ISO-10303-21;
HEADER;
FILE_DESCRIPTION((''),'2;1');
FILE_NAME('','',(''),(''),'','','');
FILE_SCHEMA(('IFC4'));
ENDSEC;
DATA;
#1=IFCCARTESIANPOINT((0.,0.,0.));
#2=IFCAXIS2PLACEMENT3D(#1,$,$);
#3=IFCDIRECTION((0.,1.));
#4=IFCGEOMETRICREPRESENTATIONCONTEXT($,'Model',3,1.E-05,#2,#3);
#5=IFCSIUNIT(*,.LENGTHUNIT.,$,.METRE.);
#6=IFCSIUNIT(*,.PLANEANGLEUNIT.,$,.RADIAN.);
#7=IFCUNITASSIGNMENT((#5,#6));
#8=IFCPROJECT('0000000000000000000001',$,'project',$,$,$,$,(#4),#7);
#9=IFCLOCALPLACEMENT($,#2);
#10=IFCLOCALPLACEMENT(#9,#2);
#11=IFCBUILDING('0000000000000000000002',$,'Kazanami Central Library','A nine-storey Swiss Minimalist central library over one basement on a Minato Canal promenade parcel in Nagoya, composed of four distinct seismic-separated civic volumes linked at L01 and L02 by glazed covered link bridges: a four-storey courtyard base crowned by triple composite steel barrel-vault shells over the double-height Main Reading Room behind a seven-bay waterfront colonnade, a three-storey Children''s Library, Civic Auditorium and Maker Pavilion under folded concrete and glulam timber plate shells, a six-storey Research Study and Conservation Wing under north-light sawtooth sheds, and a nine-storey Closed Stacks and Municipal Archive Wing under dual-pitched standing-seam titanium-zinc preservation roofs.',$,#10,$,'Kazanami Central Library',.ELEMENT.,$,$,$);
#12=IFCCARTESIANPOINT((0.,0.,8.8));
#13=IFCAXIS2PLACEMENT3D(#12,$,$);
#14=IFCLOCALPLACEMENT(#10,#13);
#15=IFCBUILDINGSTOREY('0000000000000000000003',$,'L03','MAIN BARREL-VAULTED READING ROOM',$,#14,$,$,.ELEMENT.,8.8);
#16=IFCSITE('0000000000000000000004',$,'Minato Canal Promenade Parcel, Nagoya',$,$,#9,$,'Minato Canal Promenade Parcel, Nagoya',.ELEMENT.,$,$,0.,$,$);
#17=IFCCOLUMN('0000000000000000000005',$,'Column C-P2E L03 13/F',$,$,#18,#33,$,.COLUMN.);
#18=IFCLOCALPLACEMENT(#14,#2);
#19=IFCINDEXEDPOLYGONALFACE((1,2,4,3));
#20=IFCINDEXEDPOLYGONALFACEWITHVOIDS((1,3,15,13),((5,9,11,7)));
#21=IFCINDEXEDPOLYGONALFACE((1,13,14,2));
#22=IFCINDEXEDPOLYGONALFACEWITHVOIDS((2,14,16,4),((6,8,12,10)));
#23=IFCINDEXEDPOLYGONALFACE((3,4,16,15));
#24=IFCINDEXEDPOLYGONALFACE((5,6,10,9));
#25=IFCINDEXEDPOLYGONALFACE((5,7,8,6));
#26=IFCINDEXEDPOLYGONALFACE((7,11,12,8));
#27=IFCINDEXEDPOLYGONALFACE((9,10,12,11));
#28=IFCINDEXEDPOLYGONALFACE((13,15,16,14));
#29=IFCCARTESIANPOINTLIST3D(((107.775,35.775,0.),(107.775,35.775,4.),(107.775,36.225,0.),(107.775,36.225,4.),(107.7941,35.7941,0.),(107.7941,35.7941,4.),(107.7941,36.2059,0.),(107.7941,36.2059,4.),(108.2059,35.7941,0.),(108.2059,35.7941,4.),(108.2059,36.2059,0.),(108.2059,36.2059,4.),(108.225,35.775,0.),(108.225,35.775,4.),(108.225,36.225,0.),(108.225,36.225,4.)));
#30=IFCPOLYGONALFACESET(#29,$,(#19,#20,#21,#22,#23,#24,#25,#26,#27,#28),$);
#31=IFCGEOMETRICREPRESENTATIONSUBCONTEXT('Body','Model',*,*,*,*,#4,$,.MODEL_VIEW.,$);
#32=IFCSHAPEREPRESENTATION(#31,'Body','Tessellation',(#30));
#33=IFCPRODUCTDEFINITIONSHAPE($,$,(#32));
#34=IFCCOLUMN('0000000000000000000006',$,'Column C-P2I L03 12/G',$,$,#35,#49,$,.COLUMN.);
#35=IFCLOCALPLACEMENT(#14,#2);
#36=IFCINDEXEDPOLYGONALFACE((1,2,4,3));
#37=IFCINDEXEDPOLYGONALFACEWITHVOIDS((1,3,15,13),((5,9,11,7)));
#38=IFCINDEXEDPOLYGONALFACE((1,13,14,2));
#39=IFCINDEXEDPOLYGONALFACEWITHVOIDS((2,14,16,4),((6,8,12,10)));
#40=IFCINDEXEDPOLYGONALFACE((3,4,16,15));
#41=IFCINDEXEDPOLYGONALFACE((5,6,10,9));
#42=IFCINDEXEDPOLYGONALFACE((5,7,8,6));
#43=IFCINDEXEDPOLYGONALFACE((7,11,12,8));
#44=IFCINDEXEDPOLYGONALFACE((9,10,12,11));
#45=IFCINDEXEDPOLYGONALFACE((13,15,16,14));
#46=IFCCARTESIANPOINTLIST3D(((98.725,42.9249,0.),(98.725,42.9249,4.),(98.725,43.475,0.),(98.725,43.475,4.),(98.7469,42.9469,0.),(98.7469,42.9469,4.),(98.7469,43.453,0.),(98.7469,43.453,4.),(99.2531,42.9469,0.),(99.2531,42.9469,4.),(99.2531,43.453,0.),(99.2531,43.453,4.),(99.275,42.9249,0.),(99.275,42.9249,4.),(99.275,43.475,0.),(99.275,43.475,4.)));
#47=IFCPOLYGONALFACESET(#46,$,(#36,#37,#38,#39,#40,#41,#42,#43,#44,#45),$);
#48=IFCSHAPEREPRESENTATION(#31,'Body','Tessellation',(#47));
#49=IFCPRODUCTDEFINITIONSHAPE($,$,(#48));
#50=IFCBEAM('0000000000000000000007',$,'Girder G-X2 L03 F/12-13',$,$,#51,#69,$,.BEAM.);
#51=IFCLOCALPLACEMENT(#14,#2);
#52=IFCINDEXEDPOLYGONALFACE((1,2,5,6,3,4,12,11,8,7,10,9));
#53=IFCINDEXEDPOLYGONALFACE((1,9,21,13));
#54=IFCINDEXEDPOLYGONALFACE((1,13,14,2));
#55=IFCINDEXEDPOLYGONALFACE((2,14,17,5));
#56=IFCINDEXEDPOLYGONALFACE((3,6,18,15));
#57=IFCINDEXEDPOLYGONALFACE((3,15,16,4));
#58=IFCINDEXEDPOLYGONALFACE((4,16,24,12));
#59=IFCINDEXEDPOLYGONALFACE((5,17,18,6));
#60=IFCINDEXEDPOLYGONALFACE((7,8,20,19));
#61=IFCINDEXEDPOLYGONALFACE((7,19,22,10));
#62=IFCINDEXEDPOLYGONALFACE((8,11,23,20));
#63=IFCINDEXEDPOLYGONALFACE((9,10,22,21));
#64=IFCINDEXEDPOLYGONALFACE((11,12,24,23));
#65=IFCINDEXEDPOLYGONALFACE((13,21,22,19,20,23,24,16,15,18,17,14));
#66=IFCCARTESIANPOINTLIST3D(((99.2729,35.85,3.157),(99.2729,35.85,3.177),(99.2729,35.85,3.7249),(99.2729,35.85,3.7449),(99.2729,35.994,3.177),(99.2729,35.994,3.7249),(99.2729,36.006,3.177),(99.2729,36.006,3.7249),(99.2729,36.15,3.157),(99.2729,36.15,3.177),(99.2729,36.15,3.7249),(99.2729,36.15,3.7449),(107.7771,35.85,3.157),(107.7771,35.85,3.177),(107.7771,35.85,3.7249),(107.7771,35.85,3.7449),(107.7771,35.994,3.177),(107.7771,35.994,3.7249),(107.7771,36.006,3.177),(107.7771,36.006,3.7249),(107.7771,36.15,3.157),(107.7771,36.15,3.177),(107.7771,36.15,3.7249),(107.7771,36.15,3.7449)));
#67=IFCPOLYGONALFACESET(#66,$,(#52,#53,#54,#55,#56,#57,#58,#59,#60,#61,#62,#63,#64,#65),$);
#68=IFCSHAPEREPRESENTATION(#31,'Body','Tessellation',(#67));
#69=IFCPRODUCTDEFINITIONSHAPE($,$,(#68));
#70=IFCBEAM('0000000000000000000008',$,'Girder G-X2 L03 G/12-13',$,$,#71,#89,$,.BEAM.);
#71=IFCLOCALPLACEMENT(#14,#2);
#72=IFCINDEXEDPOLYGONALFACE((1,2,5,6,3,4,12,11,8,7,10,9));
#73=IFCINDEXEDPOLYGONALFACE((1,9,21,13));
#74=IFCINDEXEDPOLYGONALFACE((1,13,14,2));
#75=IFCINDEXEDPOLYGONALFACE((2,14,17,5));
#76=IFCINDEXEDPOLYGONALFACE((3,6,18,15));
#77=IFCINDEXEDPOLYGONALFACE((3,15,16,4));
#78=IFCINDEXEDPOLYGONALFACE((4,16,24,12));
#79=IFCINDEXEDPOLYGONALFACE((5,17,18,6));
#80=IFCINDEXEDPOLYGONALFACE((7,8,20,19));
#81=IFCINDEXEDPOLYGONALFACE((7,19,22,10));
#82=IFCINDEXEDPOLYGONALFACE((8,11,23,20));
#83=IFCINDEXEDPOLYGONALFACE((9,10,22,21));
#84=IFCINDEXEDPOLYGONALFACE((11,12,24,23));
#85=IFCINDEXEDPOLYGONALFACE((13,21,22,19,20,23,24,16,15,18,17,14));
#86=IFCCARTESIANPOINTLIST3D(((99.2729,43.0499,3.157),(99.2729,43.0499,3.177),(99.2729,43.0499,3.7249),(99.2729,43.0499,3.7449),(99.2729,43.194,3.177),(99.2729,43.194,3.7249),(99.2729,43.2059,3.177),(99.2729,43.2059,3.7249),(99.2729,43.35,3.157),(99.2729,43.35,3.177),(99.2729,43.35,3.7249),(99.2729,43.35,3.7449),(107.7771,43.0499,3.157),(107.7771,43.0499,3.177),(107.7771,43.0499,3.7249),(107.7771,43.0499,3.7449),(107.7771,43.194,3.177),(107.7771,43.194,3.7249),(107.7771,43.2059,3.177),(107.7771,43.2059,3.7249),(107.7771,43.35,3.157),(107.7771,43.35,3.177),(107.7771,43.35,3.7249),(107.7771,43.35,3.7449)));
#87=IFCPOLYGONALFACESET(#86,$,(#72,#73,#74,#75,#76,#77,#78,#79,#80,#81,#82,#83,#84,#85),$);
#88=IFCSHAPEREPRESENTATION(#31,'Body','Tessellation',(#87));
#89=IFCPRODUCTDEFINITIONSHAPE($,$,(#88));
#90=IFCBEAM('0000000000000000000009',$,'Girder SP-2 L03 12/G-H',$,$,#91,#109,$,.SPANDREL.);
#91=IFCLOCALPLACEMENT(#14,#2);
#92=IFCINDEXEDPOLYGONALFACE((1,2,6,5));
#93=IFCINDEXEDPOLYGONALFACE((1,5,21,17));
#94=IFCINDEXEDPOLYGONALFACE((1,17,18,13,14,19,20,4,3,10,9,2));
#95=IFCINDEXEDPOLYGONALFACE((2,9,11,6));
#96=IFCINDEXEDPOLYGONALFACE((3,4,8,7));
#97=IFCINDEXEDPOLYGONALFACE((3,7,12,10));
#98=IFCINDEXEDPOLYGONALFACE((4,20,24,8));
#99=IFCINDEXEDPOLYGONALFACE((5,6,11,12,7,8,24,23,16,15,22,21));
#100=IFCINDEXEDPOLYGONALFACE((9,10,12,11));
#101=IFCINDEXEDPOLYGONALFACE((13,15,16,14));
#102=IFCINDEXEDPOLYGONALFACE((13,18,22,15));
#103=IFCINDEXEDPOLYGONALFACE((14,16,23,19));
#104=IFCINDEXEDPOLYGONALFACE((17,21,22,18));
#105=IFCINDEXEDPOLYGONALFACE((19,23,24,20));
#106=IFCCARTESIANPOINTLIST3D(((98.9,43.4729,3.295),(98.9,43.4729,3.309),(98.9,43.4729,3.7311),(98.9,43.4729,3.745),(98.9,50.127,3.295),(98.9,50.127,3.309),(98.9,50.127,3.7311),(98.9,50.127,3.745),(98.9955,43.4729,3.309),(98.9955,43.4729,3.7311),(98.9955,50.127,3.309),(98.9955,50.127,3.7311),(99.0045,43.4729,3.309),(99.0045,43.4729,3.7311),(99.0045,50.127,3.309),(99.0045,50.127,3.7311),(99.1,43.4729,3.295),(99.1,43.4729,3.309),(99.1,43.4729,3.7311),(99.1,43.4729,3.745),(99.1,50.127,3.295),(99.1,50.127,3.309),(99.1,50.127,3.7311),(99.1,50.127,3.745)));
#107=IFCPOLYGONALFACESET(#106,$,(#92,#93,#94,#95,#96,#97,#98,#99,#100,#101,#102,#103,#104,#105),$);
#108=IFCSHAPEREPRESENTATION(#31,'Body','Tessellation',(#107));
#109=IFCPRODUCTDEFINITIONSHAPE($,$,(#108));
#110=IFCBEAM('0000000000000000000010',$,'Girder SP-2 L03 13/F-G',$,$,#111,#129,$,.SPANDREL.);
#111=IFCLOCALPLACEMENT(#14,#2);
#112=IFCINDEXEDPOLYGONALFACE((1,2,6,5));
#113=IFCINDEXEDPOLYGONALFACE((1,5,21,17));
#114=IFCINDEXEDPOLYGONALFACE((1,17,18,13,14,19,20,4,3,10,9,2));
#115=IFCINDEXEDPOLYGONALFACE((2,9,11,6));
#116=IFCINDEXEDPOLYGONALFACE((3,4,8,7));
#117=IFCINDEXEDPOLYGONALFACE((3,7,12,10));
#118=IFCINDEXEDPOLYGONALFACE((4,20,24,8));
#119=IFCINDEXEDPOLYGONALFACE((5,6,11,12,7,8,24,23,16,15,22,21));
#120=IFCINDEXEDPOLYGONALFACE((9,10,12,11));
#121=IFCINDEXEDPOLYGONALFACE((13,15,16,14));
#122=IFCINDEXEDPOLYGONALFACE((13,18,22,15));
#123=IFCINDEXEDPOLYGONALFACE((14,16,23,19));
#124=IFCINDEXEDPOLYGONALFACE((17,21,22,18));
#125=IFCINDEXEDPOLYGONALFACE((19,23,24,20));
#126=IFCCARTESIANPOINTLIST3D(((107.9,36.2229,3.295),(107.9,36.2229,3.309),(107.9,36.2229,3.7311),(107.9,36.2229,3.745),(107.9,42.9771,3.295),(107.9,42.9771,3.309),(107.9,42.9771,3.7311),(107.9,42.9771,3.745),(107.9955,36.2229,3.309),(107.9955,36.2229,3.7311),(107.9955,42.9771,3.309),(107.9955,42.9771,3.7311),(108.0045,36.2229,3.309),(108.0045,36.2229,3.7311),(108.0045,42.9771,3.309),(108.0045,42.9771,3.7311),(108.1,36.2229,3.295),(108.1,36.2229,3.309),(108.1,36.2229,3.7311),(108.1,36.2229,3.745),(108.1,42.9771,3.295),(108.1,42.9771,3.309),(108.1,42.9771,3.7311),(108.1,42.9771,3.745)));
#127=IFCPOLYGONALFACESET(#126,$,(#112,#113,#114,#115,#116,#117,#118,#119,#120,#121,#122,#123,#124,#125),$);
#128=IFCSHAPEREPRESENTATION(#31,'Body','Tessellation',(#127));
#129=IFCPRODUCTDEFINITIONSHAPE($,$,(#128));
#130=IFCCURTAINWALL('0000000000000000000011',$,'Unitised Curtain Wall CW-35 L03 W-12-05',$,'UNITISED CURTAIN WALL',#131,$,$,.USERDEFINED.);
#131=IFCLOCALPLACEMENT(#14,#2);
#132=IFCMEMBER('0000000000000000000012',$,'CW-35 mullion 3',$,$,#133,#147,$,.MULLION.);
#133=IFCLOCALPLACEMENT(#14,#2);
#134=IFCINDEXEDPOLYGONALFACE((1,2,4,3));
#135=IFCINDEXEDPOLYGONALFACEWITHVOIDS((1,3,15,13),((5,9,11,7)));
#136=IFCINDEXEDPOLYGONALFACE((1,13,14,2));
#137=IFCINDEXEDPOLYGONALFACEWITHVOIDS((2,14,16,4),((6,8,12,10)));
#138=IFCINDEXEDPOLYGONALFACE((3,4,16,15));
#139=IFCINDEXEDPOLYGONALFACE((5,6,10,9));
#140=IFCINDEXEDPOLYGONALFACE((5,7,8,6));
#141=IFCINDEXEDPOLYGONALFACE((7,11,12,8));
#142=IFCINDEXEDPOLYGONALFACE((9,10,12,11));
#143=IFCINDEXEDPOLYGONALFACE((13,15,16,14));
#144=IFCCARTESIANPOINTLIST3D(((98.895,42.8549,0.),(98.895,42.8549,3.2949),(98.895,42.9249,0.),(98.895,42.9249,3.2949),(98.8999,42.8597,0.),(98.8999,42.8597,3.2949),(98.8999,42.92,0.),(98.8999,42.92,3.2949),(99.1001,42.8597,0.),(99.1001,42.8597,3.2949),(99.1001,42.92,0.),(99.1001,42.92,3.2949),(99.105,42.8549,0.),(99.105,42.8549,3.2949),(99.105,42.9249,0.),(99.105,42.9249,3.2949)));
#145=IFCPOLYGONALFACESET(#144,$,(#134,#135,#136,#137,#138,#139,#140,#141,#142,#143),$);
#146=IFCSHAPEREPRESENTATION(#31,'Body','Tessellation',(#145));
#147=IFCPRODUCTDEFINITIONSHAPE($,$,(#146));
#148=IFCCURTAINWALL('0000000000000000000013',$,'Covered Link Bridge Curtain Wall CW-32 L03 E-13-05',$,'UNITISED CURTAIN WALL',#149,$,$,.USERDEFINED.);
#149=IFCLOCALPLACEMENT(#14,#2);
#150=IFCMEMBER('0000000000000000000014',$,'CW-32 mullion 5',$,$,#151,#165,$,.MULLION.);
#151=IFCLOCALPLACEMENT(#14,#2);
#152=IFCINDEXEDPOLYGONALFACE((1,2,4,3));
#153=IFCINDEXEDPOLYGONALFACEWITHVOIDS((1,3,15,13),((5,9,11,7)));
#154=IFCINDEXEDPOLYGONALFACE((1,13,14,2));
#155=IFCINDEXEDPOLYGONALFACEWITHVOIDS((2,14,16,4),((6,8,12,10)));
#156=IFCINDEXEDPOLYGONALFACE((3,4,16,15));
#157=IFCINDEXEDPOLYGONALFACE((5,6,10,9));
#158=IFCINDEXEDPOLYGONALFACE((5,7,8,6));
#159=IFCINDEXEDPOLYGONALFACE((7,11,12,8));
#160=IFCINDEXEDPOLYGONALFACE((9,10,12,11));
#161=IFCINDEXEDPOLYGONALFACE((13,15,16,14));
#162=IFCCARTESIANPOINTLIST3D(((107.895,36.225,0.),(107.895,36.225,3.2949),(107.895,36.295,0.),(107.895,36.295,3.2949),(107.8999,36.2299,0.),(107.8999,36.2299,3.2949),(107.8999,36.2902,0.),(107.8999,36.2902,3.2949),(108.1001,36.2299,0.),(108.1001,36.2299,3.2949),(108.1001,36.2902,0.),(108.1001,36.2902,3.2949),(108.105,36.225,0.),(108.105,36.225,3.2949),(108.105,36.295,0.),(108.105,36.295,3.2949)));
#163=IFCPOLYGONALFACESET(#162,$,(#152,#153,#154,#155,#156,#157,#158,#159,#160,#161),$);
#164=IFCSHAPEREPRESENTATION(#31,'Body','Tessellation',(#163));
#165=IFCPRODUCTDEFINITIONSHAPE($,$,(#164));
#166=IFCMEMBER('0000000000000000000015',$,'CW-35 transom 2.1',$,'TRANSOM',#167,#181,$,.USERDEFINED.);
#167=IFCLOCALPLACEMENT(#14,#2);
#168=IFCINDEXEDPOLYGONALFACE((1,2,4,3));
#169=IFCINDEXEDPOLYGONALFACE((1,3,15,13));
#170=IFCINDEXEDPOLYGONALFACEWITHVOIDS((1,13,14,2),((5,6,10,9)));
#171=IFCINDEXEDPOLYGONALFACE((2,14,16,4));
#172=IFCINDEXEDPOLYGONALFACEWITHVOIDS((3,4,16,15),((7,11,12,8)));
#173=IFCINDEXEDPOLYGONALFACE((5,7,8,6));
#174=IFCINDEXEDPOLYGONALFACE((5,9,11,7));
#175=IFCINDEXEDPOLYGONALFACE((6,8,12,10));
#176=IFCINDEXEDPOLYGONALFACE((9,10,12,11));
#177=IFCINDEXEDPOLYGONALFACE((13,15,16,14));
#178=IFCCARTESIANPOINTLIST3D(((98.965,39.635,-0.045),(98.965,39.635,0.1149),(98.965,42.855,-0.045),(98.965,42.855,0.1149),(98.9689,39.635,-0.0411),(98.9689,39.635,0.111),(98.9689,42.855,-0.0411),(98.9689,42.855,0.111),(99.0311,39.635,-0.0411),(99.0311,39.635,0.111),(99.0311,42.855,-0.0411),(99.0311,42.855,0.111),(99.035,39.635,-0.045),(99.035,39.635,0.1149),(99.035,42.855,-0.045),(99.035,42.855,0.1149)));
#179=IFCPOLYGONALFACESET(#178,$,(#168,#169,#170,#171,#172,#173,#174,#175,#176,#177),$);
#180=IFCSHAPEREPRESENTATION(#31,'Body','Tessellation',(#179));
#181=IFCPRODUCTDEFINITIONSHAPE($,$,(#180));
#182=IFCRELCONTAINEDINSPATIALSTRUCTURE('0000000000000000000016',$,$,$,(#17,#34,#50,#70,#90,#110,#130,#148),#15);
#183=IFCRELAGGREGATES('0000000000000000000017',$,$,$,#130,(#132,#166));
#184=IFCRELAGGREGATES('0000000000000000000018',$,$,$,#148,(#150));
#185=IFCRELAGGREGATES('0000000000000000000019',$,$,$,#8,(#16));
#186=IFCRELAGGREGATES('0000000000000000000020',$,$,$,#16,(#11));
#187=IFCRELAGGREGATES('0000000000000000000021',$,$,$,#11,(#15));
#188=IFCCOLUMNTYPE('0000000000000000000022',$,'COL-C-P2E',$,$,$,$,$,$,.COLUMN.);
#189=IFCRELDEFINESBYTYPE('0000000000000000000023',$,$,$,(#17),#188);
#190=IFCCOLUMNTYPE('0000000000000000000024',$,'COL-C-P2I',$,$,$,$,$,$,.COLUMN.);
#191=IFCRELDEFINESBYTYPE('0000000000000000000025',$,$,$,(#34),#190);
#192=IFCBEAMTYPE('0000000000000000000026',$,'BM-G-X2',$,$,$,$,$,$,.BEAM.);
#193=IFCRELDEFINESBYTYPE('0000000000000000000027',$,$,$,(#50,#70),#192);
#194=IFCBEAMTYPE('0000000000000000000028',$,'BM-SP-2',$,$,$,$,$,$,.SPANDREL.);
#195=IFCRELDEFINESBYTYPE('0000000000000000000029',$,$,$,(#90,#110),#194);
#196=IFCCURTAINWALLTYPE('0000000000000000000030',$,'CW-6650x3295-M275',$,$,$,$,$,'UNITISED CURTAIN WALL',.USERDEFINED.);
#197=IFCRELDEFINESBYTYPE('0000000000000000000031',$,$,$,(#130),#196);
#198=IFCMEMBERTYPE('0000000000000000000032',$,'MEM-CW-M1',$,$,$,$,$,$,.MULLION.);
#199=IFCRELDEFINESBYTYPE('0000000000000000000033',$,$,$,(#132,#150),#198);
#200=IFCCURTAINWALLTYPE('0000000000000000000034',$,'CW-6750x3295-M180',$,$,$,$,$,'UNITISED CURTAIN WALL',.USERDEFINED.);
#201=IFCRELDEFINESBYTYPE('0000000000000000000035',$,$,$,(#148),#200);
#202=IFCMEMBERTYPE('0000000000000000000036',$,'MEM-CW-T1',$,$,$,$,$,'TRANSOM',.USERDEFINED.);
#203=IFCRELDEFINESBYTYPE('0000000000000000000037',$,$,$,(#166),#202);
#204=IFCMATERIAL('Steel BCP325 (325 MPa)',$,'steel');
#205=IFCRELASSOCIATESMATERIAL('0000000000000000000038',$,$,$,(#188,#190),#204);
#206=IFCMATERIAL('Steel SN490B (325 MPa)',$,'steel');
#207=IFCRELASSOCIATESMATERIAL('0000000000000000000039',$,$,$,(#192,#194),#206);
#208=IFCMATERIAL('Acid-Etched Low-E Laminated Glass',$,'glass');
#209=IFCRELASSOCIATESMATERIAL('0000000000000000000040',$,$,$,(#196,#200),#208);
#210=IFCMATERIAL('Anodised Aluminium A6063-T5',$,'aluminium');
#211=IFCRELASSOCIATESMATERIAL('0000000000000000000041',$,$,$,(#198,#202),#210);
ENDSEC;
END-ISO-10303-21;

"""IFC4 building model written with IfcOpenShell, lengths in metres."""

from ifc_helpers import new_model, si_unit, direction, frame, origin, origin_2d, place, context, subcontext, project, spatial, hollow_rectangle, i_section, extrude, material, material_profile, profile_set, type_object, element, aggregate, save


model = new_model("IFC4")

# Units and contexts
model_context = context("Model", 3, precision=1e-05, world=origin(), true_north=direction((0.0, 1.0)))
body_context = subcontext(model_context, "Body", "Model", "MODEL_VIEW")
ifc_project = project(units=[si_unit("LENGTHUNIT", "METRE"), si_unit("PLANEANGLEUNIT", "RADIAN")], contexts=[model_context])

# Site, building, storey
site_placement = place(None, origin())
site = spatial("IfcSite", under=ifc_project, at=site_placement, Name="Minato Canal Promenade Parcel, Nagoya", LongName="Minato Canal Promenade Parcel, Nagoya", CompositionType="ELEMENT", RefElevation=0.0)
building_placement = place(site_placement, origin())
building = spatial("IfcBuilding", under=site, at=building_placement, Name="Kazanami Central Library", Description="A nine-storey Swiss Minimalist central library over one basement on a Minato Canal promenade parcel in Nagoya, composed of four distinct seismic-separated civic volumes linked at L01 and L02 by glazed covered link bridges: a four-storey courtyard base crowned by triple composite steel barrel-vault shells over the double-height Main Reading Room behind a seven-bay waterfront colonnade, a three-storey Children's Library, Civic Auditorium and Maker Pavilion under folded concrete and glulam timber plate shells, a six-storey Research Study and Conservation Wing under north-light sawtooth sheds, and a nine-storey Closed Stacks and Municipal Archive Wing under dual-pitched standing-seam titanium-zinc preservation roofs.", LongName="Kazanami Central Library", CompositionType="ELEMENT")
storey_placement = place(building_placement, frame((0.0, 0.0, 8.8)))
storey = spatial("IfcBuildingStorey", under=building, at=storey_placement, Name="L03", Description="MAIN BARREL-VAULTED READING ROOM", CompositionType="ELEMENT", Elevation=8.8)

# Columns
ifc_material_1 = material(Name="Steel BCP325 (325 MPa)", Category="steel")
ifc_material_profile_1 = material_profile(ifc_material_1, hollow_rectangle(XDim=0.45, YDim=0.45, WallThickness=0.019, at=origin_2d()), Name="BCP-450x450x19")
ifc_profile_set_1 = profile_set([ifc_material_profile_1], Name="Steel BCP325 (325 MPa)")
column_type_1 = type_object("IfcColumnType", Name="COL-C-P2E", PredefinedType="COLUMN", material=ifc_profile_set_1)
column_1_placement = place(storey_placement, frame((108.0, 36.0, 0.0), z_axis=(0.0, 0.0, 1.0), x_axis=(1.0, 0.0, 0.0)))
element("IfcColumn", 1, at=column_1_placement, inside=storey, type_object=column_type_1, Name="Column C-P2E L03 13/F", PredefinedType="COLUMN", context=body_context, shape_type="SweptSolid", body=[
    extrude(hollow_rectangle(XDim=0.45, YDim=0.45, WallThickness=0.019, at=origin_2d()), origin(), (0.0, 0.0, 1.0), 4.0),
])
ifc_material_profile_2 = material_profile(ifc_material_1, hollow_rectangle(XDim=0.55, YDim=0.55, WallThickness=0.022, at=origin_2d()), Name="BCP-550x550x22")
ifc_profile_set_2 = profile_set([ifc_material_profile_2], Name="Steel BCP325 (325 MPa)")
column_type_2 = type_object("IfcColumnType", Name="COL-C-P2I", PredefinedType="COLUMN", material=ifc_profile_set_2)
column_2_placement = place(storey_placement, frame((99.0, 43.2, 0.0), z_axis=(0.0, 0.0, 1.0), x_axis=(1.0, 0.0, 0.0)))
element("IfcColumn", 2, at=column_2_placement, inside=storey, type_object=column_type_2, Name="Column C-P2I L03 12/G", PredefinedType="COLUMN", context=body_context, shape_type="SweptSolid", body=[
    extrude(hollow_rectangle(XDim=0.55, YDim=0.55, WallThickness=0.022, at=origin_2d()), origin(), (0.0, 0.0, 1.0), 4.0),
])

# Beams
ifc_material_2 = material(Name="Steel SN490B (325 MPa)", Category="steel")
ifc_material_profile_3 = material_profile(ifc_material_2, i_section(OverallWidth=0.3, OverallDepth=0.5879, WebThickness=0.012, FlangeThickness=0.02, at=origin_2d()), Name="H-588x300x12x20")
ifc_profile_set_3 = profile_set([ifc_material_profile_3], Name="Steel SN490B (325 MPa)")
beam_type_1 = type_object("IfcBeamType", Name="BM-G-X2", PredefinedType="BEAM", material=ifc_profile_set_3)
for number, where, z_axis, x_axis, name in (
    (3, (99.2729, 36.0, 3.4509), (1.0, 0.0, 0.0), (0.0, 1.0, 0.0), "Girder G-X2 L03 F/12-13"),
    (4, (99.2729, 43.2, 3.4509), (1.0, 0.0, 0.0), (0.0, 1.0, 0.0), "Girder G-X2 L03 G/12-13"),
):
    element("IfcBeam", number, at=place(storey_placement, frame(where, z_axis=z_axis, x_axis=x_axis)), inside=storey, type_object=beam_type_1, Name=name, PredefinedType="BEAM", context=body_context, shape_type="SweptSolid", body=[
        extrude(i_section(OverallWidth=0.3, OverallDepth=0.5879, WebThickness=0.012, FlangeThickness=0.02, at=origin_2d()), origin(), (0.0, 0.0, 1.0), 8.5042),
    ])
ifc_material_profile_4 = material_profile(ifc_material_2, i_section(OverallWidth=0.2, OverallDepth=0.45, WebThickness=0.009, FlangeThickness=0.0139, at=origin_2d()), Name="H-450x200x9x14")
ifc_profile_set_4 = profile_set([ifc_material_profile_4], Name="Steel SN490B (325 MPa)")
beam_type_2 = type_object("IfcBeamType", Name="BM-SP-2", PredefinedType="SPANDREL", material=ifc_profile_set_4)
beam_1_placement = place(storey_placement, frame((99.0, 43.4729, 3.52), z_axis=(0.0, 1.0, 0.0), x_axis=(-1.0, 0.0, 0.0)))
element("IfcBeam", 5, at=beam_1_placement, inside=storey, type_object=beam_type_2, Name="Girder SP-2 L03 12/G-H", PredefinedType="SPANDREL", context=body_context, shape_type="SweptSolid", body=[
    extrude(i_section(OverallWidth=0.2, OverallDepth=0.45, WebThickness=0.009, FlangeThickness=0.0139, at=origin_2d()), origin(), (0.0, 0.0, 1.0), 6.6541),
])
beam_2_placement = place(storey_placement, frame((108.0, 36.2229, 3.52), z_axis=(0.0, 1.0, 0.0), x_axis=(-1.0, 0.0, 0.0)))
element("IfcBeam", 6, at=beam_2_placement, inside=storey, type_object=beam_type_2, Name="Girder SP-2 L03 13/F-G", PredefinedType="SPANDREL", context=body_context, shape_type="SweptSolid", body=[
    extrude(i_section(OverallWidth=0.2, OverallDepth=0.45, WebThickness=0.009, FlangeThickness=0.0139, at=origin_2d()), origin(), (0.0, 0.0, 1.0), 6.7542),
])

# Curtain walls, members
ifc_material_3 = material(Name="Acid-Etched Low-E Laminated Glass", Category="glass")
curtain_wall_type_1 = type_object("IfcCurtainWallType", Name="CW-6650x3295-M275", ElementType="UNITISED CURTAIN WALL", PredefinedType="USERDEFINED", material=ifc_material_3)
curtain_wall_1_placement = place(storey_placement, origin())
curtain_wall_1 = element("IfcCurtainWall", 7, at=curtain_wall_1_placement, inside=storey, type_object=curtain_wall_type_1, Name="Unitised Curtain Wall CW-35 L03 W-12-05", ObjectType="UNITISED CURTAIN WALL", PredefinedType="USERDEFINED")
ifc_material_4 = material(Name="Anodised Aluminium A6063-T5", Category="aluminium")
ifc_material_profile_5 = material_profile(ifc_material_4, hollow_rectangle(XDim=0.0701, YDim=0.21, WallThickness=0.0049, at=origin_2d()), Name="ALU-MULL-70x210x5")
ifc_profile_set_5 = profile_set([ifc_material_profile_5], Name="Anodised Aluminium A6063-T5")
member_type_1 = type_object("IfcMemberType", Name="MEM-CW-M1", PredefinedType="MULLION", material=ifc_profile_set_5)
member_1_placement = place(storey_placement, frame((99.0, 42.8899, 0.0), z_axis=(0.0, 0.0, 1.0), x_axis=(0.0, 1.0, 0.0)))
member_1 = element("IfcMember", 8, at=member_1_placement, type_object=member_type_1, Name="CW-35 mullion 3", PredefinedType="MULLION", context=body_context, shape_type="SweptSolid", body=[
    extrude(hollow_rectangle(XDim=0.0701, YDim=0.21, WallThickness=0.0049, at=origin_2d()), origin(), (0.0, 0.0, 1.0), 3.2949),
])
curtain_wall_type_2 = type_object("IfcCurtainWallType", Name="CW-6750x3295-M180", ElementType="UNITISED CURTAIN WALL", PredefinedType="USERDEFINED", material=ifc_material_3)
curtain_wall_2_placement = place(storey_placement, origin())
curtain_wall_2 = element("IfcCurtainWall", 9, at=curtain_wall_2_placement, inside=storey, type_object=curtain_wall_type_2, Name="Covered Link Bridge Curtain Wall CW-32 L03 E-13-05", ObjectType="UNITISED CURTAIN WALL", PredefinedType="USERDEFINED")
member_2_placement = place(storey_placement, frame((108.0, 36.26, 0.0), z_axis=(0.0, 0.0, 1.0), x_axis=(0.0, -1.0, 0.0)))
member_2 = element("IfcMember", 10, at=member_2_placement, type_object=member_type_1, Name="CW-32 mullion 5", PredefinedType="MULLION", context=body_context, shape_type="SweptSolid", body=[
    extrude(hollow_rectangle(XDim=0.0701, YDim=0.21, WallThickness=0.0049, at=origin_2d()), origin(), (0.0, 0.0, 1.0), 3.2949),
])

# Member
ifc_material_profile_6 = material_profile(ifc_material_4, hollow_rectangle(XDim=0.0701, YDim=0.1599, WallThickness=0.0039, at=origin_2d()), Name="ALU-TRAN-70x160x4")
ifc_profile_set_6 = profile_set([ifc_material_profile_6], Name="Anodised Aluminium A6063-T5")
member_type_2 = type_object("IfcMemberType", Name="MEM-CW-T1", ElementType="TRANSOM", PredefinedType="USERDEFINED", material=ifc_profile_set_6)
member_3_placement = place(storey_placement, frame((99.0, 39.635, 0.0349), z_axis=(0.0, 1.0, 0.0), x_axis=(-1.0, 0.0, 0.0)))
member_3 = element("IfcMember", 11, at=member_3_placement, type_object=member_type_2, Name="CW-35 transom 2.1", ObjectType="TRANSOM", PredefinedType="USERDEFINED", context=body_context, shape_type="SweptSolid", body=[
    extrude(hollow_rectangle(XDim=0.0701, YDim=0.1599, WallThickness=0.0039, at=origin_2d()), origin(), (0.0, 0.0, 1.0), 3.22),
])

aggregate(curtain_wall_1, [member_1, member_3])
aggregate(curtain_wall_2, [member_2])

save(model, "model.ifc")
